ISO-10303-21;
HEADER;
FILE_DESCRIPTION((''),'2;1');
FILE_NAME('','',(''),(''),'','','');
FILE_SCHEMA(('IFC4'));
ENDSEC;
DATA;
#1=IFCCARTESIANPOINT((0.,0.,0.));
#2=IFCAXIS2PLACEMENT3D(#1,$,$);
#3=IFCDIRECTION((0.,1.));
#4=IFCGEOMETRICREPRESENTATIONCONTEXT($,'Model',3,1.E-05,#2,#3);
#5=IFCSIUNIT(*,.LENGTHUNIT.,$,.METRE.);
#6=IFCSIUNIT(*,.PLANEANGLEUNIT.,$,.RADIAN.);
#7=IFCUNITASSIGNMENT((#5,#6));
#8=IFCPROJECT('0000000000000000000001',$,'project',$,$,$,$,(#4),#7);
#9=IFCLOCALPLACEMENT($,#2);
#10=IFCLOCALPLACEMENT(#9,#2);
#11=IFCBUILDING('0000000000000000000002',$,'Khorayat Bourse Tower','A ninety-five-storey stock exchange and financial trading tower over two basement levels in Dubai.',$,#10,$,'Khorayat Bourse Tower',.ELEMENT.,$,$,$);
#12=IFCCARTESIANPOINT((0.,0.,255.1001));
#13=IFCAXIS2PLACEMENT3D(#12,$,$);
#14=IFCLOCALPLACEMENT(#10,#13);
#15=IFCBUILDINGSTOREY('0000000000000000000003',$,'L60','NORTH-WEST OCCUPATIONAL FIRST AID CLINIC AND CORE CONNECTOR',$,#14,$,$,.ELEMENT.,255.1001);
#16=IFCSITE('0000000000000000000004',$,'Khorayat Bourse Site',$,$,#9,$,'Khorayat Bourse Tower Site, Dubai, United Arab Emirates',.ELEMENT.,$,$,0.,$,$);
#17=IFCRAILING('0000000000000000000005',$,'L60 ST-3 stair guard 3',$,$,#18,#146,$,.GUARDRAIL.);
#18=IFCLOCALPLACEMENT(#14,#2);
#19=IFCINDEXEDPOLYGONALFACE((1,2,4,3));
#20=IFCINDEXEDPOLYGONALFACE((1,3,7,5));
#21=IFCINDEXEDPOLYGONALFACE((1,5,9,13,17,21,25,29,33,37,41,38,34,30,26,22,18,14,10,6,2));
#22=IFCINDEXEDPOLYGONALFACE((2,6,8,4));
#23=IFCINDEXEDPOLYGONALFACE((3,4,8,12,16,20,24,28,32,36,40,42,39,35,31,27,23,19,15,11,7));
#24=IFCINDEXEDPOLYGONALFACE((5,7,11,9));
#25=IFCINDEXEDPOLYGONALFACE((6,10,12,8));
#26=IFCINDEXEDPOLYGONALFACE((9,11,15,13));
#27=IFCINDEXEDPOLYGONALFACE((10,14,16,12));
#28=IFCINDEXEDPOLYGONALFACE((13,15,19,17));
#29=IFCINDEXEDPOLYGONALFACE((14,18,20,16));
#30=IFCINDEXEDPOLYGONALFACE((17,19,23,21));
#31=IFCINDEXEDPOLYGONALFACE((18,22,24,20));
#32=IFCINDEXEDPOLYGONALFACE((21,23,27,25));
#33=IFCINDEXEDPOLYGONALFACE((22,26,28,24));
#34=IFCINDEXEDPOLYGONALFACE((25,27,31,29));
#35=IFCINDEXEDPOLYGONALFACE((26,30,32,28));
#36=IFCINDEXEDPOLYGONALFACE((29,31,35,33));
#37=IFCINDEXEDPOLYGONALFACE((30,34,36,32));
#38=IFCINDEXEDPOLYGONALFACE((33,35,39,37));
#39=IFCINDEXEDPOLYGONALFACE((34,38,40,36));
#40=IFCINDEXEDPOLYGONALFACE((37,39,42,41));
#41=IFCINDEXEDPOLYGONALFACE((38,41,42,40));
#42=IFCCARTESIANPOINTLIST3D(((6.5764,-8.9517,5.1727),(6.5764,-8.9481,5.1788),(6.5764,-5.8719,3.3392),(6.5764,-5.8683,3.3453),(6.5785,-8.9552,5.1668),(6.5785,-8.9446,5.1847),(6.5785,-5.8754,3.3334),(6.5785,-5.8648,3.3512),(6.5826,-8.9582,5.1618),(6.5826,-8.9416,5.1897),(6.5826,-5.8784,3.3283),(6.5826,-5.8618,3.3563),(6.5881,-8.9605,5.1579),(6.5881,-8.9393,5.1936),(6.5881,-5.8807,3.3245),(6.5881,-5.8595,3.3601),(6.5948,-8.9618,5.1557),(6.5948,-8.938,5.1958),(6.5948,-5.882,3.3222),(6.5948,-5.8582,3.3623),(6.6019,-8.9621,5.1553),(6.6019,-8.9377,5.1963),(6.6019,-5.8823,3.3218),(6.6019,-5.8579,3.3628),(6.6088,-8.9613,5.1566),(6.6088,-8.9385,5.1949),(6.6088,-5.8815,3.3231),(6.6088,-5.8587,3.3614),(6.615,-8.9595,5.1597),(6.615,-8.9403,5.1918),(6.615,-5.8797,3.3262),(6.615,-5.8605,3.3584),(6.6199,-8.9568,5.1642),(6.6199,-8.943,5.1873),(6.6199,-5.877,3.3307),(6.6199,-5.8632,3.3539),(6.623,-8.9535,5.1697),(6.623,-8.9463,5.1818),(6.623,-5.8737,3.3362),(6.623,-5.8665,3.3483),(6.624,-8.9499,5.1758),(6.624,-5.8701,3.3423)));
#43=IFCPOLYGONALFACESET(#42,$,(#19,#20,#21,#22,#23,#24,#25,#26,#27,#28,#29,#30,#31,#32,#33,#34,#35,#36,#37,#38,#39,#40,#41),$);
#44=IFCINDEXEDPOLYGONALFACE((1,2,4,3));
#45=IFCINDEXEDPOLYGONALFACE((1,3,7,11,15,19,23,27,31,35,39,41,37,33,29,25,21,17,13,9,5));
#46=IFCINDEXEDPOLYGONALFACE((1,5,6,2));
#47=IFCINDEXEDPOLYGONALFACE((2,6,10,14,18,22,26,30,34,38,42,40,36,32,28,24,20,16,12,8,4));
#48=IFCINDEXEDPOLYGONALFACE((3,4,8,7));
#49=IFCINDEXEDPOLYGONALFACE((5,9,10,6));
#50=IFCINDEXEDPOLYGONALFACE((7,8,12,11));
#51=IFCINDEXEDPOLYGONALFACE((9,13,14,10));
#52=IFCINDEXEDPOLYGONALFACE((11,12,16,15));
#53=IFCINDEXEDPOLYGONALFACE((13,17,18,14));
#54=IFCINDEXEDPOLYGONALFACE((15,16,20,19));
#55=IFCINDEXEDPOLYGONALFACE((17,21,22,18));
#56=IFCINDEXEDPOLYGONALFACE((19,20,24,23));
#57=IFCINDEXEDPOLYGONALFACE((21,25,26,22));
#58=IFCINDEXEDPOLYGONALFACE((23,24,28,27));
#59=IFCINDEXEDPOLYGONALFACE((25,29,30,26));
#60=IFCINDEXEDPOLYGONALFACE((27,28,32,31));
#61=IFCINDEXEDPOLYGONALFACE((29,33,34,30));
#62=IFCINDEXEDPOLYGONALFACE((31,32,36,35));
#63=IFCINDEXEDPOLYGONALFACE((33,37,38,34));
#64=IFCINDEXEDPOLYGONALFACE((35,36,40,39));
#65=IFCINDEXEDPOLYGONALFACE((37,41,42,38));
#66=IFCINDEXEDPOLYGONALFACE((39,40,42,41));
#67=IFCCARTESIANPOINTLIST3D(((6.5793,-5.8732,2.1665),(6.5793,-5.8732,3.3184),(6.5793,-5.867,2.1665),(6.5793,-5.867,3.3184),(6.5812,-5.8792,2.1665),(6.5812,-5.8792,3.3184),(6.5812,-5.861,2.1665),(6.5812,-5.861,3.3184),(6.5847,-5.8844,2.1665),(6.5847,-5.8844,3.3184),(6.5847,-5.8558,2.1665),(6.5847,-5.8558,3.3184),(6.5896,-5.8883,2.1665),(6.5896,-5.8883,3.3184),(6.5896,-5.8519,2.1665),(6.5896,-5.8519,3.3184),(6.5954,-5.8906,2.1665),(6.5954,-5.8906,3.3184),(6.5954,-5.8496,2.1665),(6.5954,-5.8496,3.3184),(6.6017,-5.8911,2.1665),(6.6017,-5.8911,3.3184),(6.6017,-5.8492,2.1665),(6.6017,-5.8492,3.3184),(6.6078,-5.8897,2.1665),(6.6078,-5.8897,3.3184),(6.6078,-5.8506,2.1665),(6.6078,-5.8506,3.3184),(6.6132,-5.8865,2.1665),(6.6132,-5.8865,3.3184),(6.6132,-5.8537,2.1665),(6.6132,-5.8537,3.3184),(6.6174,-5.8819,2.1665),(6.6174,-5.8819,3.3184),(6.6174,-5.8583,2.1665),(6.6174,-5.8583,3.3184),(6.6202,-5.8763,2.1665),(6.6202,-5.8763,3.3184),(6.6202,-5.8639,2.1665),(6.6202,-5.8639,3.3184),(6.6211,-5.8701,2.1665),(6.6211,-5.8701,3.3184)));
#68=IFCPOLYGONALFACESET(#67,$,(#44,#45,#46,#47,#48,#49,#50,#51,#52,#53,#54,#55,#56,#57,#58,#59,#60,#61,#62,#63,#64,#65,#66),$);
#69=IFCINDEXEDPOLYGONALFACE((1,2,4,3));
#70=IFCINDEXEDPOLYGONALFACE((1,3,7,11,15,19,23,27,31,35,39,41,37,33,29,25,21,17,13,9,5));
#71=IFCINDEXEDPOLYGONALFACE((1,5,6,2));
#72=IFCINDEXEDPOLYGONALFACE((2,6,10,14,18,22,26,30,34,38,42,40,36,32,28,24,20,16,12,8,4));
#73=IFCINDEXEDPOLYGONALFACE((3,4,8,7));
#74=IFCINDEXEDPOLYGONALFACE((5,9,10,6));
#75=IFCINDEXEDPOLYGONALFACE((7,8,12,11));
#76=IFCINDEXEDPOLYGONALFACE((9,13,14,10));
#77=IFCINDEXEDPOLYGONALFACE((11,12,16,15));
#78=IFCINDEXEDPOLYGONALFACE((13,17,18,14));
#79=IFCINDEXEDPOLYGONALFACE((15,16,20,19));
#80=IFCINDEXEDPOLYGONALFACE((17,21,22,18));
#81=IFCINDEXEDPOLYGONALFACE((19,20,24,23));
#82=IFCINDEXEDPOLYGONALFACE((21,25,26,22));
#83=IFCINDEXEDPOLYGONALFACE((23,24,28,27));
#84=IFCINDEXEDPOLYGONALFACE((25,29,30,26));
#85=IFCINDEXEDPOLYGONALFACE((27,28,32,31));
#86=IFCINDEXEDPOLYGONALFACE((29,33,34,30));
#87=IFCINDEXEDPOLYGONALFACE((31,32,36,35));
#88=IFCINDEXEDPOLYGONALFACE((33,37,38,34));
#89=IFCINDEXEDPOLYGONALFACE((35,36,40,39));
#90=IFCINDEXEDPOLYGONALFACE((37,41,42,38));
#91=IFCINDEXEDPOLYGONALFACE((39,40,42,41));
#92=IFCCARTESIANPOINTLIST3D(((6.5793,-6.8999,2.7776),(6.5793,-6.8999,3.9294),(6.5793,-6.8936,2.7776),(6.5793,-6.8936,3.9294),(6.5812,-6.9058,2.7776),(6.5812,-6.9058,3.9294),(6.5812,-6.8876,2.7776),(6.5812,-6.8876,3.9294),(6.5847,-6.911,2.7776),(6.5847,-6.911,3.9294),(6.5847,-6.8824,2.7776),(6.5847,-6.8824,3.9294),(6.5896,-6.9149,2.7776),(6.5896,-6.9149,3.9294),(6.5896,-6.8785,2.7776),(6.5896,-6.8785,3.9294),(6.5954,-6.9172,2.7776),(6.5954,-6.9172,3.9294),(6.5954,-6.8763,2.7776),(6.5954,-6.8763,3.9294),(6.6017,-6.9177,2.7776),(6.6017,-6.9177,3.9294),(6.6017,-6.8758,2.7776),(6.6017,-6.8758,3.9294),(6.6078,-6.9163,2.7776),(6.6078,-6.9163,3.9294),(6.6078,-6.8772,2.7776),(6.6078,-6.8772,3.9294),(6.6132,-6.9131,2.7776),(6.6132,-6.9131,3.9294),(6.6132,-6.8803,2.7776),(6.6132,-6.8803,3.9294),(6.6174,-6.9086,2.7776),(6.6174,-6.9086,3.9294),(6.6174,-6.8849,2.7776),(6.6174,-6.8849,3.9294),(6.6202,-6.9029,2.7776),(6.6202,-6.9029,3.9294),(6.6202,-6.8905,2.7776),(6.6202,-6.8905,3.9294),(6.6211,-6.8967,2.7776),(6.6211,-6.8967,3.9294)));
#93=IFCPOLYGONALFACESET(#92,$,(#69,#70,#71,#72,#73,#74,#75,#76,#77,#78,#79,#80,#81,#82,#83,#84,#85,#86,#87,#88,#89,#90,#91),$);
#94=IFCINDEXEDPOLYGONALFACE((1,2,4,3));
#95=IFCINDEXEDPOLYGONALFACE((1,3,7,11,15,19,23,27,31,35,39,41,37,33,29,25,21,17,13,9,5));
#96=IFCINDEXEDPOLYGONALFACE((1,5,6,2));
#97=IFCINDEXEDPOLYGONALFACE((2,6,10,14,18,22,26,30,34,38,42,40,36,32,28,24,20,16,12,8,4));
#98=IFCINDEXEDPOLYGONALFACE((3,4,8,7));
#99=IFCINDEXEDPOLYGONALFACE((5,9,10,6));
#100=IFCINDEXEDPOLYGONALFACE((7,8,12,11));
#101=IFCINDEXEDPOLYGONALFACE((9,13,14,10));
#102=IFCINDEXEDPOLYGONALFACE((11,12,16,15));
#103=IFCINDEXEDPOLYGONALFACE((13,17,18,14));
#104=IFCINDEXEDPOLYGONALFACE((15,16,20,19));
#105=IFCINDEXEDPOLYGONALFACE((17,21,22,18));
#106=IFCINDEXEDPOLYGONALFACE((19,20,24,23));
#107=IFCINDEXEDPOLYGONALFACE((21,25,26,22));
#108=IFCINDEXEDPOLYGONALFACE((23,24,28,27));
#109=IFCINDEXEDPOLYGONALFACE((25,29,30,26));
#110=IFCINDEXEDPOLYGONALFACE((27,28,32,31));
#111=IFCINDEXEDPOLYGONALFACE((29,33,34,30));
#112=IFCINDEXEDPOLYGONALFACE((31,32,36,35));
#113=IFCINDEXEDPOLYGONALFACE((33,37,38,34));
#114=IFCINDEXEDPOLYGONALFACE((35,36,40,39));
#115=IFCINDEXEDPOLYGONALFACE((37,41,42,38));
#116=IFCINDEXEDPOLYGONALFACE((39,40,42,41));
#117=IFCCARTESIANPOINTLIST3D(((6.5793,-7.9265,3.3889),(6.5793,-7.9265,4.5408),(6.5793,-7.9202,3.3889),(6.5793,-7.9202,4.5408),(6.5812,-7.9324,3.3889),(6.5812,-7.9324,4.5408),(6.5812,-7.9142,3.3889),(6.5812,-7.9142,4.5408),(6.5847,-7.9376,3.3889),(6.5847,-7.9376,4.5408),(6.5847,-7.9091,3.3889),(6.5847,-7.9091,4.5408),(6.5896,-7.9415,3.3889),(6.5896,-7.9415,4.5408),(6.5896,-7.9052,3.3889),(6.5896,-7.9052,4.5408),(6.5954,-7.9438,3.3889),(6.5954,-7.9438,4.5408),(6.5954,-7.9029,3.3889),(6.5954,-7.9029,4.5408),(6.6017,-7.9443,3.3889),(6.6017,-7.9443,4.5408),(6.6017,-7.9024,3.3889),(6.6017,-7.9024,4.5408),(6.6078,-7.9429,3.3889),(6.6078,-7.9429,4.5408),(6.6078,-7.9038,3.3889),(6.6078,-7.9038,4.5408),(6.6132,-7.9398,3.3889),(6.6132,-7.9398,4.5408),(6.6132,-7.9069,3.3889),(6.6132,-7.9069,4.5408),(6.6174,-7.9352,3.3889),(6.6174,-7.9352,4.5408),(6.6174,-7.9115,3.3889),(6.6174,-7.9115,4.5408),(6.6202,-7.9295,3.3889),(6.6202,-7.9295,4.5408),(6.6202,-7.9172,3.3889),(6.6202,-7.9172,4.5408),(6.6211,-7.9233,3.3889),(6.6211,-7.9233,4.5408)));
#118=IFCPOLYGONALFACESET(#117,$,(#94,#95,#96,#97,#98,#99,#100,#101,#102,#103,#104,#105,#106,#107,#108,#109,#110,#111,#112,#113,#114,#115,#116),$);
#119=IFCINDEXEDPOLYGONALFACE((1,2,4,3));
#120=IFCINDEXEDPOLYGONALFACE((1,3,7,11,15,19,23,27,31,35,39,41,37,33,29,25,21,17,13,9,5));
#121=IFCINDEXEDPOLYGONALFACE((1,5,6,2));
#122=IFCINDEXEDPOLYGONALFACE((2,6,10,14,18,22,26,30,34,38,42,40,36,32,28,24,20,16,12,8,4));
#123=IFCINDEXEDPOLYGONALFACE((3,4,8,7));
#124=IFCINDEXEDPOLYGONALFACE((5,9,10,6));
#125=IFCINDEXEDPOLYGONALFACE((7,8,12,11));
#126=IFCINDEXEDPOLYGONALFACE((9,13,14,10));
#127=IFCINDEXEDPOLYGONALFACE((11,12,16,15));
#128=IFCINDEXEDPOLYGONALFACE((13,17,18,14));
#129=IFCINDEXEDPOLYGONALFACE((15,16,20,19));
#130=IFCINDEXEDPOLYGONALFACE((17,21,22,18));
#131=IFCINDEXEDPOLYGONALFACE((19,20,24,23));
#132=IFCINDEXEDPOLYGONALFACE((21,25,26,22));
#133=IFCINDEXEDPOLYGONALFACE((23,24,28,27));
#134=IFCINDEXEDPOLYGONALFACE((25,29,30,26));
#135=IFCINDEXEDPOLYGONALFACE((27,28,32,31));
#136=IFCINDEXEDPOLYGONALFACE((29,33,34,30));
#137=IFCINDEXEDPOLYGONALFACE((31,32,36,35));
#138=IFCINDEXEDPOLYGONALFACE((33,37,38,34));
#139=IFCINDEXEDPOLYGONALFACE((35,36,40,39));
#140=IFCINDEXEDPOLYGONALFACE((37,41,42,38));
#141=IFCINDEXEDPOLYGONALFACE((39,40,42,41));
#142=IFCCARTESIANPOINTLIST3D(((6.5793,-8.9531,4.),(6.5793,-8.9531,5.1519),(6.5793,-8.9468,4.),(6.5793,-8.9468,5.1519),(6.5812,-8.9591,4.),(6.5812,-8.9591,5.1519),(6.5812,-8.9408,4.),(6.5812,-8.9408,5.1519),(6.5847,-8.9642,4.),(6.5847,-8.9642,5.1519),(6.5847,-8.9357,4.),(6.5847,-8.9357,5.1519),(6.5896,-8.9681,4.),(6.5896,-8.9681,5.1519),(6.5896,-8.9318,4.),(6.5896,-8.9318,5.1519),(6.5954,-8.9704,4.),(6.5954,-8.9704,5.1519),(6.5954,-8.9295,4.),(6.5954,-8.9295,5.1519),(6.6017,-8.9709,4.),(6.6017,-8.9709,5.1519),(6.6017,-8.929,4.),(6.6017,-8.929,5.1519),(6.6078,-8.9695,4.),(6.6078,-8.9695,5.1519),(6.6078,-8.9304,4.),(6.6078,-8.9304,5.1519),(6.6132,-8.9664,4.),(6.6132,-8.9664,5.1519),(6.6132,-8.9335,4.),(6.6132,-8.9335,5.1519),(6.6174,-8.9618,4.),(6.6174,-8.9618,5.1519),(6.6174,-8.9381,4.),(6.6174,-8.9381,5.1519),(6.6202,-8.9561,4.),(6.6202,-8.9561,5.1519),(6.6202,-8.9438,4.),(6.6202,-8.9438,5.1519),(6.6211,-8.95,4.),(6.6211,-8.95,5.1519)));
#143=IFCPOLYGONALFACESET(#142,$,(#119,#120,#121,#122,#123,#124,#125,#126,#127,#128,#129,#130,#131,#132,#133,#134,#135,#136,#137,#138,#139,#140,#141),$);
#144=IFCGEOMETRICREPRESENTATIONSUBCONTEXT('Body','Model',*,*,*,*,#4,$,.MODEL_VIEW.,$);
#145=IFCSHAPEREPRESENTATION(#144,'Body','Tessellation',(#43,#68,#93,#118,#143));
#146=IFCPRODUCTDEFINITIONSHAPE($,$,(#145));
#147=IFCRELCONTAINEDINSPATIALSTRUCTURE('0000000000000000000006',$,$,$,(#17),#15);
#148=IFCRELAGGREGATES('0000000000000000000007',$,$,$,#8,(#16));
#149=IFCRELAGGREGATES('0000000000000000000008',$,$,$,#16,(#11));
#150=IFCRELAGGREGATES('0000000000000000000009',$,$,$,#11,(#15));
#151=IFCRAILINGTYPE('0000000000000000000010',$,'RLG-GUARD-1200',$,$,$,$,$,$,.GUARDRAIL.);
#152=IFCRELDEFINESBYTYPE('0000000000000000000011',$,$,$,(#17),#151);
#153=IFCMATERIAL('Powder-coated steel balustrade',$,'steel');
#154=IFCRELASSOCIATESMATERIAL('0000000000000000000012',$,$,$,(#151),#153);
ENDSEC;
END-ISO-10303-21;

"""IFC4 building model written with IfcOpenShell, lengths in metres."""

from ifc_helpers import new_model, si_unit, direction, frame, origin, origin_2d, place, context, subcontext, project, spatial, circle, extrude, source, transform, mapped, material, type_object, element, save


model = new_model("IFC4")

# Units and contexts
model_context = context("Model", 3, precision=1e-05, world=origin(), true_north=direction((0.0, 1.0)))
body_context = subcontext(model_context, "Body", "Model", "MODEL_VIEW")
ifc_project = project(units=[si_unit("LENGTHUNIT", "METRE"), si_unit("PLANEANGLEUNIT", "RADIAN")], contexts=[model_context])

# Site, building, storey
site_placement = place(None, origin())
site = spatial("IfcSite", under=ifc_project, at=site_placement, Name="Khorayat Bourse Site", LongName="Khorayat Bourse Tower Site, Dubai, United Arab Emirates", CompositionType="ELEMENT", RefElevation=0.0)
building_placement = place(site_placement, origin())
building = spatial("IfcBuilding", under=site, at=building_placement, Name="Khorayat Bourse Tower", Description="A ninety-five-storey stock exchange and financial trading tower over two basement levels in Dubai.", LongName="Khorayat Bourse Tower", CompositionType="ELEMENT")
storey_placement = place(building_placement, frame((0.0, 0.0, 255.1001)))
storey = spatial("IfcBuildingStorey", under=building, at=storey_placement, Name="L60", Description="NORTH-WEST OCCUPATIONAL FIRST AID CLINIC AND CORE CONNECTOR", CompositionType="ELEMENT", Elevation=255.1001)

# Railing
ifc_material_1 = material(Name="Powder-coated steel balustrade", Category="steel")
railing_type_1 = type_object("IfcRailingType", Name="RLG-GUARD-1200", PredefinedType="GUARDRAIL", material=ifc_material_1)
shared_shape_1 = source(origin(), body_context, "Body", "SweptSolid", [
    extrude(circle(Radius=0.0239, at=origin_2d()), frame((0.0, 0.0, 1.1758), z_axis=(0.0, -0.859261, 0.511538), x_axis=(1.0, 0.0, 0.0)), (0.0, 0.0, 1.0), 3.5842),
    extrude(circle(Radius=0.021, at=origin_2d()), origin(), (0.0, 0.0, 1.0), 1.1519),
    extrude(circle(Radius=0.021, at=origin_2d()), frame((0.0, -1.0266, 0.6111)), (0.0, 0.0, 1.0), 1.1519),
    extrude(circle(Radius=0.021, at=origin_2d()), frame((0.0, -2.0532, 1.2224)), (0.0, 0.0, 1.0), 1.1519),
    extrude(circle(Radius=0.021, at=origin_2d()), frame((0.0, -3.0798, 1.8335)), (0.0, 0.0, 1.0), 1.1519),
])
railing_1_placement = place(storey_placement, frame((6.6001, -5.8701, 2.1665)))
element("IfcRailing", 1, at=railing_1_placement, inside=storey, type_object=railing_type_1, Name="L60 ST-3 stair guard 3", PredefinedType="GUARDRAIL", context=body_context, shape_type="MappedRepresentation", body=[
    mapped(shared_shape_1, transform((0.0, 0.0, 0.0), scale=1.0)),
])

save(model, "model.ifc")
